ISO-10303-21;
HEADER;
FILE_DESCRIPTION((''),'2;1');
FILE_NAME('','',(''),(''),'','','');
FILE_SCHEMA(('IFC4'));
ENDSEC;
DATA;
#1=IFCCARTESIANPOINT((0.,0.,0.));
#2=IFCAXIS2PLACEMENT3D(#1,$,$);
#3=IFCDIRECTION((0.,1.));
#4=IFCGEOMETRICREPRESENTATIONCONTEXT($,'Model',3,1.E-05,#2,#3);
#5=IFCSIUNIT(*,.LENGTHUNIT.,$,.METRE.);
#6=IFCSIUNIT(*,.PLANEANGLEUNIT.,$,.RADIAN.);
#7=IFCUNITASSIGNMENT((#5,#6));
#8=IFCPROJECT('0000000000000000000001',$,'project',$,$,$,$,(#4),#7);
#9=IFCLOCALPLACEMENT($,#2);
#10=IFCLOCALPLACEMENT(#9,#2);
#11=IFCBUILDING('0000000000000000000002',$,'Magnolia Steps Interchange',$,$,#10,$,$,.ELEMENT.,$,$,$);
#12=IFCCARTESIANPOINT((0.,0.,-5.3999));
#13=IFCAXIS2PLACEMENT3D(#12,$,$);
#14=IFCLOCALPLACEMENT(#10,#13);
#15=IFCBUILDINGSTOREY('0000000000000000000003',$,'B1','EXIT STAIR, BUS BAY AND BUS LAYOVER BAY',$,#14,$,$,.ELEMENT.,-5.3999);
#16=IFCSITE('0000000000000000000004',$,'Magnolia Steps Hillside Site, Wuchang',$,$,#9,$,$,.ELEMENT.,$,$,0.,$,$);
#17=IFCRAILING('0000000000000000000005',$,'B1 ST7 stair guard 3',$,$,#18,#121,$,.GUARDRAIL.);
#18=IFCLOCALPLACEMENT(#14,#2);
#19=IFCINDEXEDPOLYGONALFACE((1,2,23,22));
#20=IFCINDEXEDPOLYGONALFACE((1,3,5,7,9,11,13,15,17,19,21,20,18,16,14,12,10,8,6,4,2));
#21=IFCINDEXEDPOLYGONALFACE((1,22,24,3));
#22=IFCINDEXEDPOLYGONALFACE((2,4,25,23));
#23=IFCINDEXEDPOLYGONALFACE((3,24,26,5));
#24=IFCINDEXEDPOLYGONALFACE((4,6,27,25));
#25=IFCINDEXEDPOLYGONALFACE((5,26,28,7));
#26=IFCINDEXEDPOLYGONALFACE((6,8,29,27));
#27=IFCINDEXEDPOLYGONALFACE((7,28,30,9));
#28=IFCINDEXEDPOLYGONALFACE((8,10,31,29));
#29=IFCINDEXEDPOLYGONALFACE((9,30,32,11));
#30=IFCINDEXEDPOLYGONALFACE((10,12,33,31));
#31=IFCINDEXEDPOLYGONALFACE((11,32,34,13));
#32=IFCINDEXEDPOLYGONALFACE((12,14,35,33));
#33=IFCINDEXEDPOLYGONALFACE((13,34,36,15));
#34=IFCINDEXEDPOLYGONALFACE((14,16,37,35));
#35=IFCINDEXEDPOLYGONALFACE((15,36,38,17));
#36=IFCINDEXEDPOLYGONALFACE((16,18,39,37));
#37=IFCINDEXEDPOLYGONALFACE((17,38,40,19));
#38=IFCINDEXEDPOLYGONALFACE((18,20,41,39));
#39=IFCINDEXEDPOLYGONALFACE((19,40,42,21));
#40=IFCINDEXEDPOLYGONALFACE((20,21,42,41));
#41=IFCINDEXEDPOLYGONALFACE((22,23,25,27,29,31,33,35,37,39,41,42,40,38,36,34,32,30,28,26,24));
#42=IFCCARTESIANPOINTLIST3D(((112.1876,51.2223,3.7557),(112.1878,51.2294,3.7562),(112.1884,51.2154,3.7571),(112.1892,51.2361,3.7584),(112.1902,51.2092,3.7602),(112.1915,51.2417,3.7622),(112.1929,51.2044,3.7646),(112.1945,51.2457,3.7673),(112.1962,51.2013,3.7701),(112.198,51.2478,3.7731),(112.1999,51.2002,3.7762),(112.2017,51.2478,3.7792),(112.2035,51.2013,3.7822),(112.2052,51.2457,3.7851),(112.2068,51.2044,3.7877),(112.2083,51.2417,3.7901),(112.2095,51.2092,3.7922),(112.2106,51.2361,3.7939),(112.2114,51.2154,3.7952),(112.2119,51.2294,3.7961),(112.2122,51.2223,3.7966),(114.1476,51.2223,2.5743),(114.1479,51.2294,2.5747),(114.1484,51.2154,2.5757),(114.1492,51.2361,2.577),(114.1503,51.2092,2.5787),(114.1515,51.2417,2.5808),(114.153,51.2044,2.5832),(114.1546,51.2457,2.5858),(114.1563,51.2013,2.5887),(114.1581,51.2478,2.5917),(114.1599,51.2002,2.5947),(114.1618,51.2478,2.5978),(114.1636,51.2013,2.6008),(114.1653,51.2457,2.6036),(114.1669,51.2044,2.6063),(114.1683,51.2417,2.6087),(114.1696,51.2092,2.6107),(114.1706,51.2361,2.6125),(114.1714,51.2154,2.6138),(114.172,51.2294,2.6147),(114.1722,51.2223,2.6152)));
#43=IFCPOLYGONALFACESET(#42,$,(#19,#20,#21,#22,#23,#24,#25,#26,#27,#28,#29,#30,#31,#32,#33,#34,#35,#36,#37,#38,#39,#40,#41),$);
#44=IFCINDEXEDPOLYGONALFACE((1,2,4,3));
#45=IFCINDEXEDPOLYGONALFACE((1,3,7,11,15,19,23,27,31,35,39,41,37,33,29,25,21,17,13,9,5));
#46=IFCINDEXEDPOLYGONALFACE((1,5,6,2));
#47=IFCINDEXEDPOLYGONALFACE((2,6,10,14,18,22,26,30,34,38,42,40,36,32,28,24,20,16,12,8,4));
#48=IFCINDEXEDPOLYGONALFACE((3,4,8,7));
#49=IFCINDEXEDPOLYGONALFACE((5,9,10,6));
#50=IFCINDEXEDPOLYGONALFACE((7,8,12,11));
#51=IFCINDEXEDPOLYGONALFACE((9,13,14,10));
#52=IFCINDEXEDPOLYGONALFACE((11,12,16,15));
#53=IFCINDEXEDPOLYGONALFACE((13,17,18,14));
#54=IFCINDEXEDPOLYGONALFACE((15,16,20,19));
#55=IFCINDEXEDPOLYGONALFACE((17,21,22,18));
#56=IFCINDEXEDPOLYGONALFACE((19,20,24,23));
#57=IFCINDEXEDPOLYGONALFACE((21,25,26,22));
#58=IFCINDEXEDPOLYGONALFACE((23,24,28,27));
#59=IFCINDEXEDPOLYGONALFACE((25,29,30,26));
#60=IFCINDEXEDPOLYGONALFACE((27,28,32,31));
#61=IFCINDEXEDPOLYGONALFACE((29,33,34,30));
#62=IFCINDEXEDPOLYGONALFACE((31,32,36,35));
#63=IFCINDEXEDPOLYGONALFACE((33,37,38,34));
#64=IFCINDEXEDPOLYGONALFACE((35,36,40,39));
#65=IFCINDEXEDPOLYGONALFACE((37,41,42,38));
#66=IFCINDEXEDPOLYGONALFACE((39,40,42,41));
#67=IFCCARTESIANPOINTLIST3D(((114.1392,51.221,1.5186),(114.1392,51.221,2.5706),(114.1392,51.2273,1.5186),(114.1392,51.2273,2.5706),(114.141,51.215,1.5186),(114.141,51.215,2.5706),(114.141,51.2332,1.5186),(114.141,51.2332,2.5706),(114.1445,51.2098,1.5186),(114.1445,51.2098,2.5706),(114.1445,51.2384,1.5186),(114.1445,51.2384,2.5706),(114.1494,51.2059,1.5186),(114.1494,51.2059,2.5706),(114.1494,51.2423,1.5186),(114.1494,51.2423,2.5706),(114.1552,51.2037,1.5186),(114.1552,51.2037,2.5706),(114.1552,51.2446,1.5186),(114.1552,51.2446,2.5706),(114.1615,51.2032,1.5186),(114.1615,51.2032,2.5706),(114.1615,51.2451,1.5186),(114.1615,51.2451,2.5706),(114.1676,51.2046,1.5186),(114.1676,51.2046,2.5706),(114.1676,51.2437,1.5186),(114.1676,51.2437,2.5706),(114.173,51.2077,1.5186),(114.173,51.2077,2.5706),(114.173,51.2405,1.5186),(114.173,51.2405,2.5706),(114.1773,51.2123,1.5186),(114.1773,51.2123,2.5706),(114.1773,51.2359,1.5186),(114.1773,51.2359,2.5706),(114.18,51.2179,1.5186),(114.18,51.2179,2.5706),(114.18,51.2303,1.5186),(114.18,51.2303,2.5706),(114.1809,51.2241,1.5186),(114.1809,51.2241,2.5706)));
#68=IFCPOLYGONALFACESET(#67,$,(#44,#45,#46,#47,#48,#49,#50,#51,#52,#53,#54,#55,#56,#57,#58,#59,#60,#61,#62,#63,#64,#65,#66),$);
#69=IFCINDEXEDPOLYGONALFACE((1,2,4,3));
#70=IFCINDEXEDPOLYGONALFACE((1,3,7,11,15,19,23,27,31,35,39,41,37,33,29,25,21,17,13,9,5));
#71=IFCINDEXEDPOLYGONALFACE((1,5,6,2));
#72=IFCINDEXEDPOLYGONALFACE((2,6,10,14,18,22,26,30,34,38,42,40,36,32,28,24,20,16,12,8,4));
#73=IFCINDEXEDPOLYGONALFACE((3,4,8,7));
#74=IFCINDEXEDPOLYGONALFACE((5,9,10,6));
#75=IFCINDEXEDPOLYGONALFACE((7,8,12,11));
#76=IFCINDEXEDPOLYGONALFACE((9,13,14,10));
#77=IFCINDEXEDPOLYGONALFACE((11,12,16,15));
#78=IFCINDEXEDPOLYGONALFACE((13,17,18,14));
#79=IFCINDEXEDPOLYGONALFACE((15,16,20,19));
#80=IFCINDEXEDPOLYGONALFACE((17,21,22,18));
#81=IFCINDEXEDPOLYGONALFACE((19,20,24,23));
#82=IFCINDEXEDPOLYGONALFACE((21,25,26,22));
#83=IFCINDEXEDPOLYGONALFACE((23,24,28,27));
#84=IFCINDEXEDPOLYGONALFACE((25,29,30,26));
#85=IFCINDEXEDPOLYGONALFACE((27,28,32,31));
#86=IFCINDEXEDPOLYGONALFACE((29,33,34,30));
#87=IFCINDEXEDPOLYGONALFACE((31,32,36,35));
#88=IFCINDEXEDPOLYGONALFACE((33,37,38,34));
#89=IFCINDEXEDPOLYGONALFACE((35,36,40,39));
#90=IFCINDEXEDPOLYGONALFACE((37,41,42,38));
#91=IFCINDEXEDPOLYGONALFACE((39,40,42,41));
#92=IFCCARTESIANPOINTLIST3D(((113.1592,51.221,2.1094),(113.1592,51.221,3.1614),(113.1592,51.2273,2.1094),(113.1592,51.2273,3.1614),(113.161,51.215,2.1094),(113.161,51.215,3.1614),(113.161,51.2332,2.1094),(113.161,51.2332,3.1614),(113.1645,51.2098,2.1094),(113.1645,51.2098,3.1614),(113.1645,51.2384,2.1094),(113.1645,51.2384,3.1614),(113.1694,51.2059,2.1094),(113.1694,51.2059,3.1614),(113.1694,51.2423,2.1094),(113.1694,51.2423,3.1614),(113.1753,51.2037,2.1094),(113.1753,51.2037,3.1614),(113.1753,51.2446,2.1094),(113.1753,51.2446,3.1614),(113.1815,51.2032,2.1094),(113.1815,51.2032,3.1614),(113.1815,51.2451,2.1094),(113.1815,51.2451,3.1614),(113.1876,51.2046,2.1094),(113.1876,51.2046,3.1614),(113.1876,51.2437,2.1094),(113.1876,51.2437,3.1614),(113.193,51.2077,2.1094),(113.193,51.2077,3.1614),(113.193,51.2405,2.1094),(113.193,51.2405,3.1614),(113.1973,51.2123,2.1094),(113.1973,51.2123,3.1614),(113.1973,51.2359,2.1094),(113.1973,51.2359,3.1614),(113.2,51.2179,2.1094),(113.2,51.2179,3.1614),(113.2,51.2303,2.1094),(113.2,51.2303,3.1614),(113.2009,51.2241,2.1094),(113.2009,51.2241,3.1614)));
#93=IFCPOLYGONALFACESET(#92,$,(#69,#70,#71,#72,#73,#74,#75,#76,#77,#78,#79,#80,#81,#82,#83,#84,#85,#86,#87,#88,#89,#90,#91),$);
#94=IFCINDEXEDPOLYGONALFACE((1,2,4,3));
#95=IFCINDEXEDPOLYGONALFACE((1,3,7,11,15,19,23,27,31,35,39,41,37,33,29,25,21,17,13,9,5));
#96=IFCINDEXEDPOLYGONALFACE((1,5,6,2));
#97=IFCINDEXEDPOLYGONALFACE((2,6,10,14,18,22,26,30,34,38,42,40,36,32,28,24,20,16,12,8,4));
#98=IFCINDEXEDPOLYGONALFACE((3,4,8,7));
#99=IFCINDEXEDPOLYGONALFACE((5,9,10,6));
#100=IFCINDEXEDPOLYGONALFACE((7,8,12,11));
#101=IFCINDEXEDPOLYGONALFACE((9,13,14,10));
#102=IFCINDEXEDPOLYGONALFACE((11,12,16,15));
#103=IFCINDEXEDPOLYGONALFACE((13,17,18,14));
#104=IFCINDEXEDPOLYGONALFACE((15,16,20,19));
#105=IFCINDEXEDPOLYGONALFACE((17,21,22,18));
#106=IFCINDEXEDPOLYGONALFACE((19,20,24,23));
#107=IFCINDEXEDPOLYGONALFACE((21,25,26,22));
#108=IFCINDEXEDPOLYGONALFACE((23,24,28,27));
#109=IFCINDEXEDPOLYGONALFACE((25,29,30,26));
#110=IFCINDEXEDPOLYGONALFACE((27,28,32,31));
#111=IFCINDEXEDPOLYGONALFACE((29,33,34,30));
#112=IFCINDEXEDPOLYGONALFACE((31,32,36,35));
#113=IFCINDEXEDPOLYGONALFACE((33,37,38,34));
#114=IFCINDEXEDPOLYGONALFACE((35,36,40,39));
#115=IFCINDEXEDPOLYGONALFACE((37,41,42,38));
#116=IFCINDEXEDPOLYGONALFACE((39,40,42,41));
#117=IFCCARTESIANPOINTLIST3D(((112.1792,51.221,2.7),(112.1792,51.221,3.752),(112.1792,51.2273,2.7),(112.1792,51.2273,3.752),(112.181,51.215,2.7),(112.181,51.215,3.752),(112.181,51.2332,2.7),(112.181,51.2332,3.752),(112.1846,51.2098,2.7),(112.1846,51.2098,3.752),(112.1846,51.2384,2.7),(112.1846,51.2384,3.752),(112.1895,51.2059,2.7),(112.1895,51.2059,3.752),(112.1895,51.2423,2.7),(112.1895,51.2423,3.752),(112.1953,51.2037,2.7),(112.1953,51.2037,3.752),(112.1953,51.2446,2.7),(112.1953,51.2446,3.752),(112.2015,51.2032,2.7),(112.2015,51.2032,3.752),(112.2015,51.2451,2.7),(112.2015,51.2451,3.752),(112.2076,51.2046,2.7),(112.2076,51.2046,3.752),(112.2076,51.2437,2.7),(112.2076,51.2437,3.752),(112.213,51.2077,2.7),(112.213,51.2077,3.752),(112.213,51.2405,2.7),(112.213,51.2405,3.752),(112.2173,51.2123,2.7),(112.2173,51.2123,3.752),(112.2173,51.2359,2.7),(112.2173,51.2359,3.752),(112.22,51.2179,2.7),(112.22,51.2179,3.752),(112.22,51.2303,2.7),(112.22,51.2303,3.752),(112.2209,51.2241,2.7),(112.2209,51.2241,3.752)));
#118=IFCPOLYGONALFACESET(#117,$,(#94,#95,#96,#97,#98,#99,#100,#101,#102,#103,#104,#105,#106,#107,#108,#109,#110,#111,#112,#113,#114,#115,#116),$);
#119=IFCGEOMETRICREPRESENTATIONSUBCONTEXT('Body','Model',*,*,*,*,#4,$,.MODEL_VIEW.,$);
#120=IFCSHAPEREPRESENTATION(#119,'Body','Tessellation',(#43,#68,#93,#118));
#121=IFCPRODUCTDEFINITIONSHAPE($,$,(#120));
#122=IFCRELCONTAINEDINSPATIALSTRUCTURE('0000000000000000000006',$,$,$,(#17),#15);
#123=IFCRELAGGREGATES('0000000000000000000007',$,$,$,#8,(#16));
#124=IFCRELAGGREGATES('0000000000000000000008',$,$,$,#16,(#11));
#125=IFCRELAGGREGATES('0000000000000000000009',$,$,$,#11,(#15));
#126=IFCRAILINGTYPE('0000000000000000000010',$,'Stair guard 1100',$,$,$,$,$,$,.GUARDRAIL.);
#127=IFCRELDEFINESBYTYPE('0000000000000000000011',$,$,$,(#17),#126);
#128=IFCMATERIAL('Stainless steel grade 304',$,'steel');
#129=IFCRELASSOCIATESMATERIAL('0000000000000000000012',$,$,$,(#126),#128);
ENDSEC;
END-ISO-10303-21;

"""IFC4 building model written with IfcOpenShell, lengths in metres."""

from ifc_helpers import new_model, si_unit, direction, frame, origin, origin_2d, place, context, subcontext, project, spatial, circle, extrude, material, type_object, element, save


model = new_model("IFC4")

# Units and contexts
model_context = context("Model", 3, precision=1e-05, world=origin(), true_north=direction((0.0, 1.0)))
body_context = subcontext(model_context, "Body", "Model", "MODEL_VIEW")
ifc_project = project(units=[si_unit("LENGTHUNIT", "METRE"), si_unit("PLANEANGLEUNIT", "RADIAN")], contexts=[model_context])

# Site, building, storey
site_placement = place(None, origin())
site = spatial("IfcSite", under=ifc_project, at=site_placement, Name="Magnolia Steps Hillside Site, Wuchang", CompositionType="ELEMENT", RefElevation=0.0)
building_placement = place(site_placement, origin())
building = spatial("IfcBuilding", under=site, at=building_placement, Name="Magnolia Steps Interchange", CompositionType="ELEMENT")
storey_placement = place(building_placement, frame((0.0, 0.0, -5.3999)))
storey = spatial("IfcBuildingStorey", under=building, at=storey_placement, Name="B1", Description="EXIT STAIR, BUS BAY AND BUS LAYOVER BAY", CompositionType="ELEMENT", Elevation=-5.3999)

# Railing
ifc_material_1 = material(Name="Stainless steel grade 304", Category="steel")
railing_type = type_object("IfcRailingType", Name="Stair guard 1100", PredefinedType="GUARDRAIL", material=ifc_material_1)
railing_1_placement = place(storey_placement, frame((114.1599, 51.2241, 1.5186)))
element("IfcRailing", 1, at=railing_1_placement, inside=storey, type_object=railing_type, Name="B1 ST7 stair guard 3", PredefinedType="GUARDRAIL", context=body_context, shape_type="SweptSolid", body=[
    extrude(circle(Radius=0.0239, at=origin_2d()), frame((0.0, 0.0, 1.0762), z_axis=(-0.856446, 0.0, 0.516236), x_axis=(0.0, -1.0, 0.0)), (0.0, 0.0, 1.0), 2.2886),
    extrude(circle(Radius=0.021, at=origin_2d()), origin(), (0.0, 0.0, 1.0), 1.052),
    extrude(circle(Radius=0.021, at=origin_2d()), frame((-0.98, 0.0, 0.5908)), (0.0, 0.0, 1.0), 1.052),
    extrude(circle(Radius=0.021, at=origin_2d()), frame((-1.96, 0.0, 1.1814)), (0.0, 0.0, 1.0), 1.052),
])

save(model, "model.ifc")
